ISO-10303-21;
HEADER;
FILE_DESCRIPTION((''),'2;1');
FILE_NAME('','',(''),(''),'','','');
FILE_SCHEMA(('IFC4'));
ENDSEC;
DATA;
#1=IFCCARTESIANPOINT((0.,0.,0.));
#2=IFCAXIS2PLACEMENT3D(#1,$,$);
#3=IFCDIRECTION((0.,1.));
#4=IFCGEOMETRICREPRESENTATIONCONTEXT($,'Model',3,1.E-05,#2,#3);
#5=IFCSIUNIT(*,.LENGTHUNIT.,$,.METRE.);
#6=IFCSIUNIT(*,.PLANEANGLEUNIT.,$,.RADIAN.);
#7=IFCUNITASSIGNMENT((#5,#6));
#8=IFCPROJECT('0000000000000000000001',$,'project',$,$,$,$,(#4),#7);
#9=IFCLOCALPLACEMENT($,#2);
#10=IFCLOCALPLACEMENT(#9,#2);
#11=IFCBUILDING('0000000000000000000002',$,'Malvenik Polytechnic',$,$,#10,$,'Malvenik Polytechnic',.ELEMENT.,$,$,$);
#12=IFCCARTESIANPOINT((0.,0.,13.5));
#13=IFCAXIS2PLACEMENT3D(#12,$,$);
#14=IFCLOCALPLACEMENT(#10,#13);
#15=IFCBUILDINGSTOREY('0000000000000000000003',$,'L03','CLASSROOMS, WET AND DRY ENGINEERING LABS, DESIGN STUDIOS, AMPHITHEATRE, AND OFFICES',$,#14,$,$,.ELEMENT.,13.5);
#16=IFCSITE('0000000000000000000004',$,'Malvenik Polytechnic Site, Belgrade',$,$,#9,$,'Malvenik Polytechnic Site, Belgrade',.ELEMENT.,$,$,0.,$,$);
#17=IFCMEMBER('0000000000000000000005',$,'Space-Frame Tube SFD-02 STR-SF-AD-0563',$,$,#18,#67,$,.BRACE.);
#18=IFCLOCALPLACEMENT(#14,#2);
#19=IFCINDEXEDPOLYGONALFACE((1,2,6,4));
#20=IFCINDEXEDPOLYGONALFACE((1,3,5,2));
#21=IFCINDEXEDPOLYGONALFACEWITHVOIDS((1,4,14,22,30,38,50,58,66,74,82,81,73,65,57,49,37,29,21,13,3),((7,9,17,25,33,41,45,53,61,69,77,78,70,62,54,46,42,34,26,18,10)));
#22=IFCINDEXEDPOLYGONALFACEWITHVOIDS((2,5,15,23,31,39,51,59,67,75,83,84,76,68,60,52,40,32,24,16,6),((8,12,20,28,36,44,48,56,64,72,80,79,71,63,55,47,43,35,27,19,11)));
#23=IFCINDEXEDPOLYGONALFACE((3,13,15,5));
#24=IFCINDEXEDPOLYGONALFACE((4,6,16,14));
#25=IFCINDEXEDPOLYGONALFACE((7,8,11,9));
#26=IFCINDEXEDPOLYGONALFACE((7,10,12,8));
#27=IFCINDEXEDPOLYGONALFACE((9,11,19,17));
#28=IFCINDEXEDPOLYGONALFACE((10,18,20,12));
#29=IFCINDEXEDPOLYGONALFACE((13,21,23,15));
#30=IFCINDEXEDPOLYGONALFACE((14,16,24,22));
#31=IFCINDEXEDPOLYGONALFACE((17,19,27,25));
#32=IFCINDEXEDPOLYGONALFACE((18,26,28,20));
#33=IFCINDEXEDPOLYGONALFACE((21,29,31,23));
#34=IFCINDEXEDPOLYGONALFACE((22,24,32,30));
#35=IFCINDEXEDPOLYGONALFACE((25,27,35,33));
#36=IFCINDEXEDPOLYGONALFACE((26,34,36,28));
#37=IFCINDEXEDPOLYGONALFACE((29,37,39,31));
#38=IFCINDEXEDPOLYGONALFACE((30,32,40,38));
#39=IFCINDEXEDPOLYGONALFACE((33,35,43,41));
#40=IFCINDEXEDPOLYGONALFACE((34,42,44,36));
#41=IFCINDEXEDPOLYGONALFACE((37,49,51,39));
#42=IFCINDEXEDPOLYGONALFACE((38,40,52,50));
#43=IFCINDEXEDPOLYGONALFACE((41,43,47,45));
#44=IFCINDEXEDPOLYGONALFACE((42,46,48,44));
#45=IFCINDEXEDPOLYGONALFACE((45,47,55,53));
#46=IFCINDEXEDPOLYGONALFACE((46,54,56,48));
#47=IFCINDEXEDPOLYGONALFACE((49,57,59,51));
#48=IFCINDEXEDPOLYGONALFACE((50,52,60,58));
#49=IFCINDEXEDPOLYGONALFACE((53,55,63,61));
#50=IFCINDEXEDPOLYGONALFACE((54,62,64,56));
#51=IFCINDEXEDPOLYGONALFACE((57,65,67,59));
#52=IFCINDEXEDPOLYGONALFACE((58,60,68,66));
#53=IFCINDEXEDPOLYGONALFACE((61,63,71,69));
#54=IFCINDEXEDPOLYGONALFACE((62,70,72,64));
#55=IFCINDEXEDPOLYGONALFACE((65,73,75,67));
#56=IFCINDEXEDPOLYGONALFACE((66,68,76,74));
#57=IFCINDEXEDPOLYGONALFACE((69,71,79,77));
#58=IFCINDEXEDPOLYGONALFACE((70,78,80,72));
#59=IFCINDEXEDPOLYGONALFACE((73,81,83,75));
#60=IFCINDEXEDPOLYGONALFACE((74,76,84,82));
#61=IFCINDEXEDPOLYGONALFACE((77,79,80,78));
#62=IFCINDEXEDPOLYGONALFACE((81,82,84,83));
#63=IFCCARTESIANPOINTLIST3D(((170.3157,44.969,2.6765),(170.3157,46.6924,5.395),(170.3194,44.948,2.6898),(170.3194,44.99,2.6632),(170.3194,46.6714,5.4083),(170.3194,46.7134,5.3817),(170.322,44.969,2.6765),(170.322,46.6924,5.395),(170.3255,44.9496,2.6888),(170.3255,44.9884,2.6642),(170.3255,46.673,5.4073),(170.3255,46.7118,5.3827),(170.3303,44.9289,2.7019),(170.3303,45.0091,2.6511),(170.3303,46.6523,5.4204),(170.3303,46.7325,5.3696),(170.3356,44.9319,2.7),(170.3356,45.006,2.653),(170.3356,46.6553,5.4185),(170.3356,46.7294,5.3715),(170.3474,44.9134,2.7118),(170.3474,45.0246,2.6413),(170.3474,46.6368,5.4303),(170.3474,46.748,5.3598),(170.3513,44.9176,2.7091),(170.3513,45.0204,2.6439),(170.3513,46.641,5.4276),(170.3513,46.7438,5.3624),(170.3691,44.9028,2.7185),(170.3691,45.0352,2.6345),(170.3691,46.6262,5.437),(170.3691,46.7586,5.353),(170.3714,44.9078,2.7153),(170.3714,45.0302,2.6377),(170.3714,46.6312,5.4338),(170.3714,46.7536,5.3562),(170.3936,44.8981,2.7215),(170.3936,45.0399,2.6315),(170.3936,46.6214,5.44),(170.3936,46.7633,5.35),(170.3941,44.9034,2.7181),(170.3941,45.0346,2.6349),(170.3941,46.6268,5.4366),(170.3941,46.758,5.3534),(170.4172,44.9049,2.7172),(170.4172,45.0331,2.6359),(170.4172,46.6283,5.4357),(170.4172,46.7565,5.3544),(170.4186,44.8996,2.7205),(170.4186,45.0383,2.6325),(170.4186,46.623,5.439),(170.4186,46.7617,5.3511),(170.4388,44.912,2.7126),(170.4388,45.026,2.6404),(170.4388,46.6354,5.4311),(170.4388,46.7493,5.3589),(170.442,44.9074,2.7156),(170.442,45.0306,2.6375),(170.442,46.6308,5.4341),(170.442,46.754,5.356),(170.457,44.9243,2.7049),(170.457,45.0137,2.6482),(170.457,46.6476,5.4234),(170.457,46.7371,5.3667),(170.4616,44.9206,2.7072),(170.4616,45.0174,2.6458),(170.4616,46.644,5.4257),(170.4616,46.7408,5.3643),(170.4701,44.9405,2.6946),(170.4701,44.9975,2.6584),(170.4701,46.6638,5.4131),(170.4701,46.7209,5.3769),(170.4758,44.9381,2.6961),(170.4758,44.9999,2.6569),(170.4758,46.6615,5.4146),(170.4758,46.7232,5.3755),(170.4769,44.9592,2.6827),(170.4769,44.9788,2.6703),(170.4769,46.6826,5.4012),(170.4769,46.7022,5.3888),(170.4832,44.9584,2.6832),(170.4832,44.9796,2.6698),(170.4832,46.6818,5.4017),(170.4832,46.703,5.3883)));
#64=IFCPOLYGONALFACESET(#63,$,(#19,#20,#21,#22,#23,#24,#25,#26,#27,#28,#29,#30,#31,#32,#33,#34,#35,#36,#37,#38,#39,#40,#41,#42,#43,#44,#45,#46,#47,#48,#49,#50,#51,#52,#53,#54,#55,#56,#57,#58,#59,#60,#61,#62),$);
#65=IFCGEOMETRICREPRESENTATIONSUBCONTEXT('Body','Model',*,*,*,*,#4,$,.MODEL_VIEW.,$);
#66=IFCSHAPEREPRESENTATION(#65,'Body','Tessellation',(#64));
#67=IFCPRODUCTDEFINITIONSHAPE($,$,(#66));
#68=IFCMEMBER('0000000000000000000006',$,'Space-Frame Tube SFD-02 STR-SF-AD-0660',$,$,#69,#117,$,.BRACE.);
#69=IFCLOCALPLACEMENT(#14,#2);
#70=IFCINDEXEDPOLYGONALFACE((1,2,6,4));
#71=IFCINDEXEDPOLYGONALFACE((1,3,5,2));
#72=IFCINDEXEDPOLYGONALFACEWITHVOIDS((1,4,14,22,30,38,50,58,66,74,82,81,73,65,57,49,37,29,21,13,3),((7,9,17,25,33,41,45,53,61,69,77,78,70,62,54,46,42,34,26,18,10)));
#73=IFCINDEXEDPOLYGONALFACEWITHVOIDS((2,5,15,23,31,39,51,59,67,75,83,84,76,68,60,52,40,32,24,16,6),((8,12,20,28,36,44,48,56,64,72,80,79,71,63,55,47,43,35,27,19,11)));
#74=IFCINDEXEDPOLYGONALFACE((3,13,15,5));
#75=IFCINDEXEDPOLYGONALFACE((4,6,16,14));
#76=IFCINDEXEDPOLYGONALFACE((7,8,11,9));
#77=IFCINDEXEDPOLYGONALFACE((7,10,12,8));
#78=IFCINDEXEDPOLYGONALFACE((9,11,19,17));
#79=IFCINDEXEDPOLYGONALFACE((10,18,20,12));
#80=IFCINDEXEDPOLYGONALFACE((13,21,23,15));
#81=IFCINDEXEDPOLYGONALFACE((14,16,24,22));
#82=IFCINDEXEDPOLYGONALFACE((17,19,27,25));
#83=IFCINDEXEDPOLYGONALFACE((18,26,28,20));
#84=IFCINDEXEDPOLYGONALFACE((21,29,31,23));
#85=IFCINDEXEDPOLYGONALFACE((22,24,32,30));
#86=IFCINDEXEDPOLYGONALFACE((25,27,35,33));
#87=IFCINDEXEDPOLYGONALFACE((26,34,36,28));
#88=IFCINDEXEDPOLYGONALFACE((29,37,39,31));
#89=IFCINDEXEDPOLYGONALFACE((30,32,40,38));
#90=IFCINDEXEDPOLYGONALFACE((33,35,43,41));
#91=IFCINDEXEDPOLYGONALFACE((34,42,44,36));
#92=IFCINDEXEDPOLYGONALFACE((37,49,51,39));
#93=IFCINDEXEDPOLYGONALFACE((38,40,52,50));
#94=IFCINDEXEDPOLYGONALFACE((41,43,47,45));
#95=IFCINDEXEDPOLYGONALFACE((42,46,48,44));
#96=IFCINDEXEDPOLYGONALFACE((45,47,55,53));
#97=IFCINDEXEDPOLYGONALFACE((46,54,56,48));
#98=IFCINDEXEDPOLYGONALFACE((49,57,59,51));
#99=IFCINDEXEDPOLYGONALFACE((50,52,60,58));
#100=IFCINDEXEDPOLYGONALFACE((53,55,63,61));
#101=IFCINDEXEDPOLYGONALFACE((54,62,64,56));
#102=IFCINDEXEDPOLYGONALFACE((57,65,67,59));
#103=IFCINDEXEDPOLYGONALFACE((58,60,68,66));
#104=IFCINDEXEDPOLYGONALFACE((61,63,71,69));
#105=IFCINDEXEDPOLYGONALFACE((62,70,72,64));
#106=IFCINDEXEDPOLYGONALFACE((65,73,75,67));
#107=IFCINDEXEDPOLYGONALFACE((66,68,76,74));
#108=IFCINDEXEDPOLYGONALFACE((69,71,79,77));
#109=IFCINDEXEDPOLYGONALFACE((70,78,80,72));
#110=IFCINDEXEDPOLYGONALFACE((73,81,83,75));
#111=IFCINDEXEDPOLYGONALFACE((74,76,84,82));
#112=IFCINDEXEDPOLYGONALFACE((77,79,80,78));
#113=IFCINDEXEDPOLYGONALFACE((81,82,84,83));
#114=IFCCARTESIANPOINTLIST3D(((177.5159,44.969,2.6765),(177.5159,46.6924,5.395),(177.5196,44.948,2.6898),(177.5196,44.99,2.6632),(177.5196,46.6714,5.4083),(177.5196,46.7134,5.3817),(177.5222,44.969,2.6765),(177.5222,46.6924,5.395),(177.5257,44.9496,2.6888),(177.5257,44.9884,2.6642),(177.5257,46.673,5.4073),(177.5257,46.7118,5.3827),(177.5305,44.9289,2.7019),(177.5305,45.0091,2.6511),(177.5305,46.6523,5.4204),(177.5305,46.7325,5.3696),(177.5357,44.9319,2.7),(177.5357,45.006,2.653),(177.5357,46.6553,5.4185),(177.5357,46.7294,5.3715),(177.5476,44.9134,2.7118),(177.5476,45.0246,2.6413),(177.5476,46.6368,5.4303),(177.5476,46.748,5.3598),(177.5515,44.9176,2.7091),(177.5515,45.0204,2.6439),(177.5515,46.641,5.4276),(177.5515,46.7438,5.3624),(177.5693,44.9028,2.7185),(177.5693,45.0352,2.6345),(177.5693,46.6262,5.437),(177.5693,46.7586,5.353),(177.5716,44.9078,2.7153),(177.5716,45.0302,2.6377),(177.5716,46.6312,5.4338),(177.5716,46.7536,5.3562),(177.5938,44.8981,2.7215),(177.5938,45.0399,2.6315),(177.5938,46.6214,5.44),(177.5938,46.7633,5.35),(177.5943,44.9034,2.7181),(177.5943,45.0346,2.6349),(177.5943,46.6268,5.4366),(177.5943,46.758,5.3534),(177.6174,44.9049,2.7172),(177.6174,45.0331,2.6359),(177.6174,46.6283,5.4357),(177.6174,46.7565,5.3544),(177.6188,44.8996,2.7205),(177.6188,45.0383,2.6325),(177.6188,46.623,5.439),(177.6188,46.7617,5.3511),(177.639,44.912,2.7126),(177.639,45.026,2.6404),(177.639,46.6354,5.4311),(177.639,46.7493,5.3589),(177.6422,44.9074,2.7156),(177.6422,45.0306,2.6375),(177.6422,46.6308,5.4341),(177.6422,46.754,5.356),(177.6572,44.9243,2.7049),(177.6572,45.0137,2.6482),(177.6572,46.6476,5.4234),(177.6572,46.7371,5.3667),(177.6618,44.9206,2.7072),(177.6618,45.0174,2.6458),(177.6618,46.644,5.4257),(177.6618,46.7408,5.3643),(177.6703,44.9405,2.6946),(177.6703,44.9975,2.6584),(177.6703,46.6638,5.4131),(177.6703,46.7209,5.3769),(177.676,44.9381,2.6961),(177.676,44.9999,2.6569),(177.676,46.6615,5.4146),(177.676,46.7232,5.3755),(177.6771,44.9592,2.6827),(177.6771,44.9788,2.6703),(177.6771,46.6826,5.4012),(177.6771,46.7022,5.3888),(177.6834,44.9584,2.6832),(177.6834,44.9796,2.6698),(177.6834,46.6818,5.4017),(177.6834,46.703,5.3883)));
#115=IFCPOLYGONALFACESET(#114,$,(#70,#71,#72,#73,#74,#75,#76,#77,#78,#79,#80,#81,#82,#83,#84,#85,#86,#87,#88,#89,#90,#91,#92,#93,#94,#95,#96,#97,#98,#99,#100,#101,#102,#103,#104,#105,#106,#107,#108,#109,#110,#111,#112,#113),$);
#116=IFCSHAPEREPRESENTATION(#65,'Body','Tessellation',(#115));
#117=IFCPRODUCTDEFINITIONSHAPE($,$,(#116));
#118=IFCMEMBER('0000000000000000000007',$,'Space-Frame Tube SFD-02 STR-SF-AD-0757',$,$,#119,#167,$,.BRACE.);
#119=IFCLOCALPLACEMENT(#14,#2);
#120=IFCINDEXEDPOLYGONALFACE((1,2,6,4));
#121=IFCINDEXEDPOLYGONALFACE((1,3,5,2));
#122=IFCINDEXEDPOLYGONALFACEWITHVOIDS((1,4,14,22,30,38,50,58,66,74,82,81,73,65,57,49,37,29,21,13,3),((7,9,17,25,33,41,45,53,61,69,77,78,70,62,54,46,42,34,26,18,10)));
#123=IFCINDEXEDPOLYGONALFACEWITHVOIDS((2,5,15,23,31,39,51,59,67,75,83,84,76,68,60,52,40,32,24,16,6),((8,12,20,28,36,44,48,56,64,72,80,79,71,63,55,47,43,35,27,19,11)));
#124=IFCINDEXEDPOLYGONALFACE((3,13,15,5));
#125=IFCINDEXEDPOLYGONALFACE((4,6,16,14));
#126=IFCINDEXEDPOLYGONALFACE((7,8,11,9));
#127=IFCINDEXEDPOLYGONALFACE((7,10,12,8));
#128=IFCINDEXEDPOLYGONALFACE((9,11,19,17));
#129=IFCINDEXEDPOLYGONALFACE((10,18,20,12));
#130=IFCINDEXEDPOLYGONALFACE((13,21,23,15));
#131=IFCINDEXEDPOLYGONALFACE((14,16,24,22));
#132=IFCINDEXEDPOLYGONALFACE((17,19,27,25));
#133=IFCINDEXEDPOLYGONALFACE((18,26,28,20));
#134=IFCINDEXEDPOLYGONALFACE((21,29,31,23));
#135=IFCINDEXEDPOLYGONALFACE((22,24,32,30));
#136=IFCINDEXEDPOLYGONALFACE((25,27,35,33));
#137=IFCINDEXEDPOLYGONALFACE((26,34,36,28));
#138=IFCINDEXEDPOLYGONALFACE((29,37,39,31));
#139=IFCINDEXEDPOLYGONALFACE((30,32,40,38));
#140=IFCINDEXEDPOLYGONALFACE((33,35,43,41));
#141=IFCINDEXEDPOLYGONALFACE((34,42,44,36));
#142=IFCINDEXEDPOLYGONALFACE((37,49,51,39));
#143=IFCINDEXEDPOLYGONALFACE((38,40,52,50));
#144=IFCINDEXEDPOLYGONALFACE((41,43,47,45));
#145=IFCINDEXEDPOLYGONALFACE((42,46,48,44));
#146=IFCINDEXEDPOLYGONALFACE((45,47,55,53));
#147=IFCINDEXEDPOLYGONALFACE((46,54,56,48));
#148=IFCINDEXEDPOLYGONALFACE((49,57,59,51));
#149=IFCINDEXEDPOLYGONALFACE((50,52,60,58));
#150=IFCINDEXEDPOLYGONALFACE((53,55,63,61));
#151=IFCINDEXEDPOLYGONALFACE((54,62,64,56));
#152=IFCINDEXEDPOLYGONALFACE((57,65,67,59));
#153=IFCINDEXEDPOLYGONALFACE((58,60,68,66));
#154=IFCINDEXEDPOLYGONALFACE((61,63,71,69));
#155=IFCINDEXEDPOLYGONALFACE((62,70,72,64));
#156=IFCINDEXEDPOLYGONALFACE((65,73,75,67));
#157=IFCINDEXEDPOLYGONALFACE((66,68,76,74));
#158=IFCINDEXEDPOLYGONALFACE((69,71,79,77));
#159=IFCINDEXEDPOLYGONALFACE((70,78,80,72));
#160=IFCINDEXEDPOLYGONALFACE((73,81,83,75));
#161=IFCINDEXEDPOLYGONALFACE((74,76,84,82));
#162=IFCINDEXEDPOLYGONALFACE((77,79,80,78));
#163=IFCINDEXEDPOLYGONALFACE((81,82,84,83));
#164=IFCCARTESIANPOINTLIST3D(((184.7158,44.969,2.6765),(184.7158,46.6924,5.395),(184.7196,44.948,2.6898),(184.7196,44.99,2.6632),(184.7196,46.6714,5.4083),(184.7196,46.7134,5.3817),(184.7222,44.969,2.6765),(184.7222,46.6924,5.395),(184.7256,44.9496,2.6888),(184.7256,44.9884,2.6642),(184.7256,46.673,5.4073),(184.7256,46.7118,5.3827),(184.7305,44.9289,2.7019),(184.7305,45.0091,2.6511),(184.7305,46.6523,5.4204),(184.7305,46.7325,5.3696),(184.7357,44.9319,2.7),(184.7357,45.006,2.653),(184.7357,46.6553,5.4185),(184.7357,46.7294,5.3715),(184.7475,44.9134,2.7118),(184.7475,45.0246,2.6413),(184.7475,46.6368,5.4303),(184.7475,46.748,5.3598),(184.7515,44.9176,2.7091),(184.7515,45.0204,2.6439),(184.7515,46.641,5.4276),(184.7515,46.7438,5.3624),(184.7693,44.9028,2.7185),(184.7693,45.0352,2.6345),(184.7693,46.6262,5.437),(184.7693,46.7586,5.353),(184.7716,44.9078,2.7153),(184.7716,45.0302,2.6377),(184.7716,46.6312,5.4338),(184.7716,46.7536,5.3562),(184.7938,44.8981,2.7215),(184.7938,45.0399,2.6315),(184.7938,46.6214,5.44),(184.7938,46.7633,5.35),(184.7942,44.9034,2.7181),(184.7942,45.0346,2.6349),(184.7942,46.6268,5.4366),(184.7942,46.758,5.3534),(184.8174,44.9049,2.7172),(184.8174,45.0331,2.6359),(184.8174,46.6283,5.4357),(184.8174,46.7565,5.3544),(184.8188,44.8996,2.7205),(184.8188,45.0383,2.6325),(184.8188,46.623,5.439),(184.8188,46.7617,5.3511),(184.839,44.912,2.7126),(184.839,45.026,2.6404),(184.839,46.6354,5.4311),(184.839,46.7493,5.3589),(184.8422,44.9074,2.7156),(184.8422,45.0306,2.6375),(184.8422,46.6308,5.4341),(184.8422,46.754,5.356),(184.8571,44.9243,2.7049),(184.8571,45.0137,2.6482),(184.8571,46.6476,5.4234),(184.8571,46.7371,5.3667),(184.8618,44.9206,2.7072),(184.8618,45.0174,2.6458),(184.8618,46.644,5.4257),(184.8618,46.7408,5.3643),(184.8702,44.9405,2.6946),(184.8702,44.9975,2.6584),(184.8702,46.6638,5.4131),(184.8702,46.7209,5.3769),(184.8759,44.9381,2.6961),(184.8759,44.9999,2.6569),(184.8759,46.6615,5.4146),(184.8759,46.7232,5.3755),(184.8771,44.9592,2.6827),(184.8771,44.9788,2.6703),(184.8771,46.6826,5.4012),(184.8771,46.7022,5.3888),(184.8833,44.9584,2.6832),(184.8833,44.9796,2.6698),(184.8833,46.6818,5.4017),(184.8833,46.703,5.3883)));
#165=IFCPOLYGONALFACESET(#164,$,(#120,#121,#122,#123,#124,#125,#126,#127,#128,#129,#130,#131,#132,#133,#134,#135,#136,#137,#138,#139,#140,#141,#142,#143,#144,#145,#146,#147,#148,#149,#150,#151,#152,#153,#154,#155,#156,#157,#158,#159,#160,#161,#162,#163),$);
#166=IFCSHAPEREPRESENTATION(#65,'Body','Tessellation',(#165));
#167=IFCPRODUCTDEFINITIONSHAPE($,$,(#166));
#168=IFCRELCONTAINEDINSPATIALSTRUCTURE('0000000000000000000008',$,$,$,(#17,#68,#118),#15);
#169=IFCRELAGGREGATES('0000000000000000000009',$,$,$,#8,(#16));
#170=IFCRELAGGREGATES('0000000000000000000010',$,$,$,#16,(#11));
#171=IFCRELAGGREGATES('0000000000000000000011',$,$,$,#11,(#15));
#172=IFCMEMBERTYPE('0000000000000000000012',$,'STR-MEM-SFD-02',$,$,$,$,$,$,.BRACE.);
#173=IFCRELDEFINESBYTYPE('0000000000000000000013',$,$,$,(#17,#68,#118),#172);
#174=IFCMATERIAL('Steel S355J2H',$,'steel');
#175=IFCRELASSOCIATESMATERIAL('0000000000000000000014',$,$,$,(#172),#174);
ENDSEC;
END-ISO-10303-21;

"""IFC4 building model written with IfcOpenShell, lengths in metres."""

from ifc_helpers import new_model, si_unit, direction, frame, origin, origin_2d, place, context, subcontext, project, spatial, hollow_circle, extrude, material, material_profile, profile_set, type_object, element, save


model = new_model("IFC4")

# Units and contexts
model_context = context("Model", 3, precision=1e-05, world=origin(), true_north=direction((0.0, 1.0)))
body_context = subcontext(model_context, "Body", "Model", "MODEL_VIEW")
ifc_project = project(units=[si_unit("LENGTHUNIT", "METRE"), si_unit("PLANEANGLEUNIT", "RADIAN")], contexts=[model_context])

# Site, building, storey
site_placement = place(None, origin())
site = spatial("IfcSite", under=ifc_project, at=site_placement, Name="Malvenik Polytechnic Site, Belgrade", LongName="Malvenik Polytechnic Site, Belgrade", CompositionType="ELEMENT", RefElevation=0.0)
building_placement = place(site_placement, origin())
building = spatial("IfcBuilding", under=site, at=building_placement, Name="Malvenik Polytechnic", LongName="Malvenik Polytechnic", CompositionType="ELEMENT")
storey_placement = place(building_placement, frame((0.0, 0.0, 13.5)))
storey = spatial("IfcBuildingStorey", under=building, at=storey_placement, Name="L03", Description="CLASSROOMS, WET AND DRY ENGINEERING LABS, DESIGN STUDIOS, AMPHITHEATRE, AND OFFICES", CompositionType="ELEMENT", Elevation=13.5)

# Members
ifc_material_1 = material(Name="Steel S355J2H", Category="steel")
ifc_material_profile_1 = material_profile(ifc_material_1, hollow_circle(Radius=0.0842, WallThickness=0.0063, at=origin_2d()), Name="CHS 168.3x6.3")
ifc_profile_set_1 = profile_set([ifc_material_profile_1], Name="Steel S355J2H")
member_type_1 = type_object("IfcMemberType", Name="STR-MEM-SFD-02", PredefinedType="BRACE", material=ifc_profile_set_1)
for number, where, z_axis, x_axis, name in (
    (1, (170.3999, 44.969, 2.6765), (0.0, 0.535422, 0.844585), (-1.0, 0.0, 0.0), "Space-Frame Tube SFD-02 STR-SF-AD-0563"),
    (2, (177.6001, 44.969, 2.6765), (0.0, 0.535422, 0.844585), (-1.0, 0.0, 0.0), "Space-Frame Tube SFD-02 STR-SF-AD-0660"),
    (3, (184.8, 44.969, 2.6765), (0.0, 0.535422, 0.844585), (-1.0, 0.0, 0.0), "Space-Frame Tube SFD-02 STR-SF-AD-0757"),
):
    element("IfcMember", number, at=place(storey_placement, frame(where, z_axis=z_axis, x_axis=x_axis)), inside=storey, type_object=member_type_1, Name=name, PredefinedType="BRACE", context=body_context, shape_type="SweptSolid", body=[
        extrude(hollow_circle(Radius=0.0842, WallThickness=0.0063, at=origin_2d()), origin(), (0.0, 0.0, 1.0), 3.2188),
    ])

save(model, "model.ifc")
